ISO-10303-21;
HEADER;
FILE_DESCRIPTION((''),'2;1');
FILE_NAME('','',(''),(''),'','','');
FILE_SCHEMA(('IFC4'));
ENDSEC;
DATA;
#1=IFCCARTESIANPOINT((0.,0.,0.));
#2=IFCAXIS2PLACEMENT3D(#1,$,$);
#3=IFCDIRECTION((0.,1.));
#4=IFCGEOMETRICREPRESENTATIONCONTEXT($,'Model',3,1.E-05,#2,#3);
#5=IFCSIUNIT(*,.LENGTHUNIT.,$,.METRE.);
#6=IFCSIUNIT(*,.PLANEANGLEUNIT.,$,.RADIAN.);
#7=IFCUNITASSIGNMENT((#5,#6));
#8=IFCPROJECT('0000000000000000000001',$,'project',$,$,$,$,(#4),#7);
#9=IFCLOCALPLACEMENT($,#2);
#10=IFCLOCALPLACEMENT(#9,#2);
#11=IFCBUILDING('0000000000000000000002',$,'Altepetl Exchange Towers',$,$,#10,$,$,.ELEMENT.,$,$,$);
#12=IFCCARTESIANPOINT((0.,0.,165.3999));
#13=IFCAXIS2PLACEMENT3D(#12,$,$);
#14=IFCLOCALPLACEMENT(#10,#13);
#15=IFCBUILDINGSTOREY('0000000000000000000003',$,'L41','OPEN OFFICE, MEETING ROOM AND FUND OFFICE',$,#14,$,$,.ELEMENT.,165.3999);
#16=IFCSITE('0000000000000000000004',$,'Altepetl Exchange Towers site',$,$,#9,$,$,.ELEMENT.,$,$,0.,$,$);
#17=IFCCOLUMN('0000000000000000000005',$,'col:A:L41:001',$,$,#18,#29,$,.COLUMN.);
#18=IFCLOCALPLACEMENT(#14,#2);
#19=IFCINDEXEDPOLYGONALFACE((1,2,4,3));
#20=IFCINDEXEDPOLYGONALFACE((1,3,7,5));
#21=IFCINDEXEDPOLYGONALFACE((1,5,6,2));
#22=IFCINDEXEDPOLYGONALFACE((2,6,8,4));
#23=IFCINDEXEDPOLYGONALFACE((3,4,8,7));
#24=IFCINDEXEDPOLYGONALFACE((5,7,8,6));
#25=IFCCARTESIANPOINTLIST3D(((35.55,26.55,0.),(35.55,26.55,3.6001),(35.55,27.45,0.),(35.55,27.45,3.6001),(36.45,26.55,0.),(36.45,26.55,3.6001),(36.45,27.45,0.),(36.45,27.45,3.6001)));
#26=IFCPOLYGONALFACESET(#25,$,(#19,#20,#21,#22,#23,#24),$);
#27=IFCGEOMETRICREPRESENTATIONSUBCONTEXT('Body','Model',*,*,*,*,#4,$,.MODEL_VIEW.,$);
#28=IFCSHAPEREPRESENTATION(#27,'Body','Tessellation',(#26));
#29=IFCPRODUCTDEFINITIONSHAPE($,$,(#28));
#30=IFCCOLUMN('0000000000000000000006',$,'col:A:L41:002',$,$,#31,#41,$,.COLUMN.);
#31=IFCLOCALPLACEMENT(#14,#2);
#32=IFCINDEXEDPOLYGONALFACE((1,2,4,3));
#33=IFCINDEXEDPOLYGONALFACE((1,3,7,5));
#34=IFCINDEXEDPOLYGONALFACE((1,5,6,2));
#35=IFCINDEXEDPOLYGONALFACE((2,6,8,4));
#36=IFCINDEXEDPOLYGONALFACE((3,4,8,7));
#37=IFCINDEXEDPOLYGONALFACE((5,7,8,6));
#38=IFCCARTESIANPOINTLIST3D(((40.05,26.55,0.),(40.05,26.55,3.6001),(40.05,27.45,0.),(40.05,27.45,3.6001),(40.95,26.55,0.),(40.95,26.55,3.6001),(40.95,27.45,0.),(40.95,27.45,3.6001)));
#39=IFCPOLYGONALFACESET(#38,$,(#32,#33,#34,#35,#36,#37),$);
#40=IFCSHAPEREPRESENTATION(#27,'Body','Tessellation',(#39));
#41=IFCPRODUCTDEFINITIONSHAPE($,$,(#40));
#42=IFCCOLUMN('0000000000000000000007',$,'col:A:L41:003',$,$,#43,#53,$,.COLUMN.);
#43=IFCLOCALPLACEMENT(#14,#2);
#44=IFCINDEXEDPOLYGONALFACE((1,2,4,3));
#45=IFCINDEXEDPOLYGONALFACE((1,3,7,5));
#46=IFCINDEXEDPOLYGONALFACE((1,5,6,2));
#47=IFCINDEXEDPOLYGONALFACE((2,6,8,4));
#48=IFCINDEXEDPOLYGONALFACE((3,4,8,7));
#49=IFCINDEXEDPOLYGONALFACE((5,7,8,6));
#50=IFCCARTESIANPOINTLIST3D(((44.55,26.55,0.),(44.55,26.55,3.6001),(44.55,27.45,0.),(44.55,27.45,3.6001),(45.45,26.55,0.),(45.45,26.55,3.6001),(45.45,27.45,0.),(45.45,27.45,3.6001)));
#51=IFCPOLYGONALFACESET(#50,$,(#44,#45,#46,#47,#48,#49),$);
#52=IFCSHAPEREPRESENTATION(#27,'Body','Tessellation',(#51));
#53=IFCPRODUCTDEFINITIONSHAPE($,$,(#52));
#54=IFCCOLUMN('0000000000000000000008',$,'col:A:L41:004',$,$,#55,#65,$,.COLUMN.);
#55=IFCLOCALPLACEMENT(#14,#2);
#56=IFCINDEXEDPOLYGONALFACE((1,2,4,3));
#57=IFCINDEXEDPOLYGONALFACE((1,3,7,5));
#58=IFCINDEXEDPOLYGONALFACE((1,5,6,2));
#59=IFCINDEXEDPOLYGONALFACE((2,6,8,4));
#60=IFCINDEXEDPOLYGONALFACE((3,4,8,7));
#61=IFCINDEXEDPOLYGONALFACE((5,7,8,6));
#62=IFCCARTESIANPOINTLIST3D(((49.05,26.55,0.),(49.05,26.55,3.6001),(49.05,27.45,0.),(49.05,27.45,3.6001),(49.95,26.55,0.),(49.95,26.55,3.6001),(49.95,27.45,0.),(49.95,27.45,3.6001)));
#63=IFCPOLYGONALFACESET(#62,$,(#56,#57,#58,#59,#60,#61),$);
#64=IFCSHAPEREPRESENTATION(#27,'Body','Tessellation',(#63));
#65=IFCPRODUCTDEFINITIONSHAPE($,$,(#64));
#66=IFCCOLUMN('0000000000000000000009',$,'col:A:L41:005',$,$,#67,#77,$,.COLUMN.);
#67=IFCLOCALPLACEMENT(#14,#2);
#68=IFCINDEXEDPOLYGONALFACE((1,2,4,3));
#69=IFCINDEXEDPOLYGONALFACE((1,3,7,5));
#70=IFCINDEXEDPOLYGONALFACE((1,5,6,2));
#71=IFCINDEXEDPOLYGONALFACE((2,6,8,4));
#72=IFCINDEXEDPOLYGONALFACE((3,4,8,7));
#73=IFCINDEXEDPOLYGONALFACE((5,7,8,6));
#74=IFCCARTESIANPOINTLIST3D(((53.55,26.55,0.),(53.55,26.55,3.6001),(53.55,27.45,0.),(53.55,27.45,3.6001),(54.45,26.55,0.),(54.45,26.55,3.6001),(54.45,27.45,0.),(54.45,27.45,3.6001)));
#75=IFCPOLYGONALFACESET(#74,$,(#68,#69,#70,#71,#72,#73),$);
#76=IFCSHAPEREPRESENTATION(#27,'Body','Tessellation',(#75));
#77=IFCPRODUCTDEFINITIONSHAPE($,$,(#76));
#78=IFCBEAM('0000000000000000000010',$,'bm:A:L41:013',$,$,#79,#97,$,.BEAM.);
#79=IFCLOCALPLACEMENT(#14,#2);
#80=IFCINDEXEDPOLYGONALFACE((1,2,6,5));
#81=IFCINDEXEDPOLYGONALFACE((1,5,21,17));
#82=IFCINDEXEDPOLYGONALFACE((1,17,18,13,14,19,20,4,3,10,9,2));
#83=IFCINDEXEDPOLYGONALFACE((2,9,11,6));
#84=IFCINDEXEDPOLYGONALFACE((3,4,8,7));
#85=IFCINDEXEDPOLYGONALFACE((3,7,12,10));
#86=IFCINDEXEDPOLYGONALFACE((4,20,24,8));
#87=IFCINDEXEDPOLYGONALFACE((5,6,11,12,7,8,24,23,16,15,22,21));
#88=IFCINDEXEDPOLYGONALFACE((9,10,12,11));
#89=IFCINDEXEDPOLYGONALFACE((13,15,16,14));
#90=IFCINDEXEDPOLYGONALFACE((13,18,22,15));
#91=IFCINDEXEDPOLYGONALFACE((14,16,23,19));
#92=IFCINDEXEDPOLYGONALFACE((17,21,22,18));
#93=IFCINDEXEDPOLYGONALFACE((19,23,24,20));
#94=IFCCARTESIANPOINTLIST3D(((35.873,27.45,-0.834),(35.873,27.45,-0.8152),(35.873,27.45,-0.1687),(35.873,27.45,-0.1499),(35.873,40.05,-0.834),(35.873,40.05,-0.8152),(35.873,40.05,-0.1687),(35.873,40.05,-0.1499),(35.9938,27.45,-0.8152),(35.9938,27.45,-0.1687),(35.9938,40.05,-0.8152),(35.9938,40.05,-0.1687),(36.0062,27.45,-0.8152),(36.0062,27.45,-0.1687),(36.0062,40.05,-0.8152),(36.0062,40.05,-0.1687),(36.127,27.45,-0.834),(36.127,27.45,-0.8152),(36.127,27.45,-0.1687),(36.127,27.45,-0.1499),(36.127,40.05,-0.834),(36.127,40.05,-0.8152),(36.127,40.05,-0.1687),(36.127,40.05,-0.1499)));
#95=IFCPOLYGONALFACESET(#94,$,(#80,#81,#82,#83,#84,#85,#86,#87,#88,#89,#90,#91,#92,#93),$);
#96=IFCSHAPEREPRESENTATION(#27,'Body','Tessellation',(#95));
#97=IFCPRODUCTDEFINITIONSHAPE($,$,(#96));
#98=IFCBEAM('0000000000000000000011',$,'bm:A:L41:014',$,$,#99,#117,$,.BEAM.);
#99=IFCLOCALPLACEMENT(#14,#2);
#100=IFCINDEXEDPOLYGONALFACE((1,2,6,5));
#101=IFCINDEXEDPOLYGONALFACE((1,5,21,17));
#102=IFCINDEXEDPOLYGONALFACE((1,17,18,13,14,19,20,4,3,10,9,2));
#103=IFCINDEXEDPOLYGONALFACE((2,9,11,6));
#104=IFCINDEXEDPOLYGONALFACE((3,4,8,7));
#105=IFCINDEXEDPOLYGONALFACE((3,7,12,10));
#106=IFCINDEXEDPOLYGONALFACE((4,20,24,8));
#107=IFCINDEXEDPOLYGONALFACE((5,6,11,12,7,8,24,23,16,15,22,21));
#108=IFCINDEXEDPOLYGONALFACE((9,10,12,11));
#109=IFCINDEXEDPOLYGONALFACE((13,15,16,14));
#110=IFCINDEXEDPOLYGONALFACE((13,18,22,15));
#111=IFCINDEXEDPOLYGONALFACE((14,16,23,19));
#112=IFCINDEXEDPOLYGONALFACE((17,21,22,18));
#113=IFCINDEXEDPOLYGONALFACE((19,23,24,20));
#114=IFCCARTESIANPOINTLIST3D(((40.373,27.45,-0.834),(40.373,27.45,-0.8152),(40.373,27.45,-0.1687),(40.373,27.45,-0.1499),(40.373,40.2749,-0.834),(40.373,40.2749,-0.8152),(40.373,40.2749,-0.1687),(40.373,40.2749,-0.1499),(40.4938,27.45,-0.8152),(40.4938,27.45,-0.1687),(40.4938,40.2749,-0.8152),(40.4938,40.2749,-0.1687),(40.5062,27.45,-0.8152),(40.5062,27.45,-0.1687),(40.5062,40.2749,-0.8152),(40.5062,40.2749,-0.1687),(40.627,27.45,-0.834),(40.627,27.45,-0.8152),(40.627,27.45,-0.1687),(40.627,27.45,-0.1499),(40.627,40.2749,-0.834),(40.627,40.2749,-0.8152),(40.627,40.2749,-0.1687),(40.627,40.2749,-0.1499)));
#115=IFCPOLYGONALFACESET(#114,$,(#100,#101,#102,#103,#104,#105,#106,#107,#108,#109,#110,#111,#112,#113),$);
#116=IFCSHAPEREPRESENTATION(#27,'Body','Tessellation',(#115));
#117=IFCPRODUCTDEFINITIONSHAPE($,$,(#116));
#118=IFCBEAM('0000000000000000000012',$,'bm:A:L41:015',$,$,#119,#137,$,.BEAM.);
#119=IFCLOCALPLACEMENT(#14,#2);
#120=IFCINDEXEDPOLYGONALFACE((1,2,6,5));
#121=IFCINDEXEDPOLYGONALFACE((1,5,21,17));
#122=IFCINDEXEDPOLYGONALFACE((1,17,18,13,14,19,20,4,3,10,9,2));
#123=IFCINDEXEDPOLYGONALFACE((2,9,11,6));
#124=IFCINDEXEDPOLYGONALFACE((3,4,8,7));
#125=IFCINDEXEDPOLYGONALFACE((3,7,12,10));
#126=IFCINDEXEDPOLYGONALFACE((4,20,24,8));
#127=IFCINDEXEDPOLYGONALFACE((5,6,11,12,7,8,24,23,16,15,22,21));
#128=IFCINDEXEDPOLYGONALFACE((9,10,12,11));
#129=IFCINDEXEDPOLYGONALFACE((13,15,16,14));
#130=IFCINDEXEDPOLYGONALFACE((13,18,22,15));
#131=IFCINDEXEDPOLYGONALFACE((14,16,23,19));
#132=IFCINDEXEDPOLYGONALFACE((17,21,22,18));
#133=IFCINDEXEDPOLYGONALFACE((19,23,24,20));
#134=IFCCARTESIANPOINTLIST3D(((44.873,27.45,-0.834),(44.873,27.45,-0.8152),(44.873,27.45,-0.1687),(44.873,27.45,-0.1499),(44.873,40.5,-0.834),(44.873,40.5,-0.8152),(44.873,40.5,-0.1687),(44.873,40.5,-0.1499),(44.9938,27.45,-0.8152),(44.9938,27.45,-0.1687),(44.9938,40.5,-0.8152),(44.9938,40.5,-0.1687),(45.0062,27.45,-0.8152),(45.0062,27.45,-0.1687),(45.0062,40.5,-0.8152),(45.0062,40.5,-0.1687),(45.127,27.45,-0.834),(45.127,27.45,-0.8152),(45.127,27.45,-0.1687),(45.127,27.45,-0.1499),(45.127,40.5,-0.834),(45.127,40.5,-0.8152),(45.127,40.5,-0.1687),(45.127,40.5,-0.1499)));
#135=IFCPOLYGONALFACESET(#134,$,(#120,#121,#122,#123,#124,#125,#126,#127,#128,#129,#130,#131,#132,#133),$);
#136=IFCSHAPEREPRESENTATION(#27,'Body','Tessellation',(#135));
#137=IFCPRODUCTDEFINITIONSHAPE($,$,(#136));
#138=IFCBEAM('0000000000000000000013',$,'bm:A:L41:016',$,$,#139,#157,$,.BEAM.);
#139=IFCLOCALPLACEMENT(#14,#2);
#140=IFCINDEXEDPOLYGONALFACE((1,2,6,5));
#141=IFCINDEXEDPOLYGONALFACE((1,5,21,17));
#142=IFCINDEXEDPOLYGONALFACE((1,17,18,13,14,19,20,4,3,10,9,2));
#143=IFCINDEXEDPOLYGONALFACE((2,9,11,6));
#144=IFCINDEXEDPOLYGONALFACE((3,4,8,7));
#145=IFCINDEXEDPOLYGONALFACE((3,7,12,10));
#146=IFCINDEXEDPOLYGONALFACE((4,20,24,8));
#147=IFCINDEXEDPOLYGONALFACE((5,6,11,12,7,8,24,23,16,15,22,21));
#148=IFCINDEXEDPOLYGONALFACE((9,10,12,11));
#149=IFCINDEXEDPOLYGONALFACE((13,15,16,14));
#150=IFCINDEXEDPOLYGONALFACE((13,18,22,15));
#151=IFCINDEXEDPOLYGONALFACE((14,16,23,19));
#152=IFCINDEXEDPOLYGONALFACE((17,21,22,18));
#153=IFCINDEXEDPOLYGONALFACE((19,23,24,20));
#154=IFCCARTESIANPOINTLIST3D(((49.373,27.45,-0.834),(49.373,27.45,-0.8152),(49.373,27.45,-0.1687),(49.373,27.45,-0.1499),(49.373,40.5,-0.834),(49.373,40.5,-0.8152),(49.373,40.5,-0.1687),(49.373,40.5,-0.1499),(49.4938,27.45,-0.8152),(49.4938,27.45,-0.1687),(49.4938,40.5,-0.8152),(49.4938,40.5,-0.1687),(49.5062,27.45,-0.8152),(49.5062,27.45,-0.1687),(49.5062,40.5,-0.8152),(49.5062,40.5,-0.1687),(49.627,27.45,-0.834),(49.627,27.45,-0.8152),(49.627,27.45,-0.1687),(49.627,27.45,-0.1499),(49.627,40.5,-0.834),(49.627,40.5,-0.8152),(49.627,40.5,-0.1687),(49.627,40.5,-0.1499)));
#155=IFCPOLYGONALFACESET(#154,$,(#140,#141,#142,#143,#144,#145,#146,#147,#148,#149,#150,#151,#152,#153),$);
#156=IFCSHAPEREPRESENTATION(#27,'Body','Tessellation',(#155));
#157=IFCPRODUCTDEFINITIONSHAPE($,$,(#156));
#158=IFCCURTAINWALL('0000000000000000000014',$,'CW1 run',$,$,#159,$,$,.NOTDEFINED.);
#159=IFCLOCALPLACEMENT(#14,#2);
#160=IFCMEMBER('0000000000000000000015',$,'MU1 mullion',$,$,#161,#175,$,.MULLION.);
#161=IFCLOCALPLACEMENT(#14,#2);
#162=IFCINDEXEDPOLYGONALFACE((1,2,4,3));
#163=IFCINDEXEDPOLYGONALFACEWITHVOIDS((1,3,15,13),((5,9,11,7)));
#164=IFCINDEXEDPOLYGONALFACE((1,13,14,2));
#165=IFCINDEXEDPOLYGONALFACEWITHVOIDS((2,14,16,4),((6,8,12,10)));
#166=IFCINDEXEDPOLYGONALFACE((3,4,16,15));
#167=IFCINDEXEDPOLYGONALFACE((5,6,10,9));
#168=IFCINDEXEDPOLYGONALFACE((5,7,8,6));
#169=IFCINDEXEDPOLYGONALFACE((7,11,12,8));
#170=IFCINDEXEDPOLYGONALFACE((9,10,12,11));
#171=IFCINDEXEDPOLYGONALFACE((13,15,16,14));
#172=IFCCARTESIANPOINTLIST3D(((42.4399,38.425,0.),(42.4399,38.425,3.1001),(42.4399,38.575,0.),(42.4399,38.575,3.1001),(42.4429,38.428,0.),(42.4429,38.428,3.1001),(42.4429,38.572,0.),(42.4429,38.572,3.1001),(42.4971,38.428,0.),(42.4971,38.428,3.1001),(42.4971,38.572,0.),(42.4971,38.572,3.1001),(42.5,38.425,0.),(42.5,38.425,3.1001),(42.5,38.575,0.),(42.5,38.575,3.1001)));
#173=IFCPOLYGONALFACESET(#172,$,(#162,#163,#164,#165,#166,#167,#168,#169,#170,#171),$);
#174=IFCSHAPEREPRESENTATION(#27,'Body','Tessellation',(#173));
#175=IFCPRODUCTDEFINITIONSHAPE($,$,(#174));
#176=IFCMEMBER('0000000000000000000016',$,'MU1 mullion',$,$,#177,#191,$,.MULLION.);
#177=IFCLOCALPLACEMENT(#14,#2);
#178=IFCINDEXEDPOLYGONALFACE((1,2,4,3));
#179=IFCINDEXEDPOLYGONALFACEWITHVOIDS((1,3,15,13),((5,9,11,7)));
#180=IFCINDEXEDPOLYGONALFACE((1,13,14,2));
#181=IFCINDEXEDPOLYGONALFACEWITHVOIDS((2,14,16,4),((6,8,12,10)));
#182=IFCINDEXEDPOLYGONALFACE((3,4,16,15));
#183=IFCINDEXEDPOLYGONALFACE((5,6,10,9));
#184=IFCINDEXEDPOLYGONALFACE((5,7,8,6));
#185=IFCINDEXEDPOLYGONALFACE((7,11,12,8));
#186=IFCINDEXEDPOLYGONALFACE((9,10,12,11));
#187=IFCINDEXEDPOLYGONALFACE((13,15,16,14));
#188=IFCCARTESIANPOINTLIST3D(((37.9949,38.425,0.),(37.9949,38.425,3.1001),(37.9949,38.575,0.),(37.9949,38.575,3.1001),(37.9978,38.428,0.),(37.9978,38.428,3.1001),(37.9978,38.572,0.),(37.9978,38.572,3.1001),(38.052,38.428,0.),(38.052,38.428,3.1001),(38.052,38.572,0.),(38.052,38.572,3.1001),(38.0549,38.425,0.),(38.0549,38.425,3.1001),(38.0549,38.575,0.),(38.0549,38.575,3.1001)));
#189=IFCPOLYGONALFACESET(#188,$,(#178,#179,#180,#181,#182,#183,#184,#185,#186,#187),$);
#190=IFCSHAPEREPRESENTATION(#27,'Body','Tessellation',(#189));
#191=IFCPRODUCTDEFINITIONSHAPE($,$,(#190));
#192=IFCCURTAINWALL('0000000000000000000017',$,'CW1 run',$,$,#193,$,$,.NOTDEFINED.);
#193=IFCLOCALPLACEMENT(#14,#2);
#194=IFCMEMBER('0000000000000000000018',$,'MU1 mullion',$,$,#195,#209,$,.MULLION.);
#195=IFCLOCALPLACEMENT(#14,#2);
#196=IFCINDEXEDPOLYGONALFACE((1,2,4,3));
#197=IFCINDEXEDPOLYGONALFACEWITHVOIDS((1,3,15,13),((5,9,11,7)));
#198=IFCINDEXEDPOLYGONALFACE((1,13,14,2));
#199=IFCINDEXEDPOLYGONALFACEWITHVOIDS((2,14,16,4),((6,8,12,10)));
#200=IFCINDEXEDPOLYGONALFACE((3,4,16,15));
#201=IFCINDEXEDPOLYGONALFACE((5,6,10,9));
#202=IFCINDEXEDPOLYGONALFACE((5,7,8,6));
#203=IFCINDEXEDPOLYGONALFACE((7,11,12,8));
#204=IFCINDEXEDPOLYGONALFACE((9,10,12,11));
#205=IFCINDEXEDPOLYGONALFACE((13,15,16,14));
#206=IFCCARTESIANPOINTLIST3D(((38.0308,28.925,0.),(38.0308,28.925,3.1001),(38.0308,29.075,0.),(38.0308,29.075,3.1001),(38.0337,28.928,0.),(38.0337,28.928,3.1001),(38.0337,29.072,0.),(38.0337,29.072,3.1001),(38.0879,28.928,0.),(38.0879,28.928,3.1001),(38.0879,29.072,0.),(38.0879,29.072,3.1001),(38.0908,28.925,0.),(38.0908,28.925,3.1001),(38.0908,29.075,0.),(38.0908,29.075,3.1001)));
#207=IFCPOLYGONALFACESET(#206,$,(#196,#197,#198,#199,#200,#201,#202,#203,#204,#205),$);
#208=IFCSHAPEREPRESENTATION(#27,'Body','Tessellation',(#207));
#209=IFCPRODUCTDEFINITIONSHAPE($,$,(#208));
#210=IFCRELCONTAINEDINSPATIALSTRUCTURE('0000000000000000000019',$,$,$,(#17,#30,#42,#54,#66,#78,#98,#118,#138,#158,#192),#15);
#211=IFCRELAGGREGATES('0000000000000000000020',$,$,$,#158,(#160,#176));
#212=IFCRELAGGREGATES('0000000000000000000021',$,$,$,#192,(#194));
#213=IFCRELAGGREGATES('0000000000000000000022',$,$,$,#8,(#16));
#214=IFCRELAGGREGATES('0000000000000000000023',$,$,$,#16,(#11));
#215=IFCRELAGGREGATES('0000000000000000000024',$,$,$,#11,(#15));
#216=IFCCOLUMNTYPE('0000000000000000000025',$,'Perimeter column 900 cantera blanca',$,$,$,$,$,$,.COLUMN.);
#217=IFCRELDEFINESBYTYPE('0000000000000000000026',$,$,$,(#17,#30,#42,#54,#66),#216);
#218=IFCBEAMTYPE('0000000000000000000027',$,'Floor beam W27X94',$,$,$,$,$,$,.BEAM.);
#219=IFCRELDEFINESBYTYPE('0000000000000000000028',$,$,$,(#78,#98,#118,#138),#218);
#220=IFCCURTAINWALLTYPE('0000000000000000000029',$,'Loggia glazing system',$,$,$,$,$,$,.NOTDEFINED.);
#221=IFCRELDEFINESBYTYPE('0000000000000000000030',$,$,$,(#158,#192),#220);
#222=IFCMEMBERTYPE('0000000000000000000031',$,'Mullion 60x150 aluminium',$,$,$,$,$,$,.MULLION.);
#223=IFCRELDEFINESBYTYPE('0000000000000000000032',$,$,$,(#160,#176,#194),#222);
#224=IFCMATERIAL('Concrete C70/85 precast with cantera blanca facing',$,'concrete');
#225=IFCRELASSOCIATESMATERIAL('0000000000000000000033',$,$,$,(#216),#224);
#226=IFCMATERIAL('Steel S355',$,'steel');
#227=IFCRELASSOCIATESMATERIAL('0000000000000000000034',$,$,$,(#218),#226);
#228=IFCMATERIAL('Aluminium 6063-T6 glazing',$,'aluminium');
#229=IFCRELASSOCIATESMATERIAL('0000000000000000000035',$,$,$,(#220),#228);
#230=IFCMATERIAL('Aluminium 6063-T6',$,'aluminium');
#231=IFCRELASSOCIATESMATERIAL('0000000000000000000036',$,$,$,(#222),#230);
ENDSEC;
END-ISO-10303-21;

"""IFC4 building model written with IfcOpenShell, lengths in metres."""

from ifc_helpers import new_model, si_unit, direction, frame, origin, origin_2d, place, context, subcontext, project, spatial, rectangle, hollow_rectangle, i_section, extrude, material, material_profile, profile_set, type_object, element, aggregate, save


model = new_model("IFC4")

# Units and contexts
model_context = context("Model", 3, precision=1e-05, world=origin(), true_north=direction((0.0, 1.0)))
body_context = subcontext(model_context, "Body", "Model", "MODEL_VIEW")
ifc_project = project(units=[si_unit("LENGTHUNIT", "METRE"), si_unit("PLANEANGLEUNIT", "RADIAN")], contexts=[model_context])

# Site, building, storey
site_placement = place(None, origin())
site = spatial("IfcSite", under=ifc_project, at=site_placement, Name="Altepetl Exchange Towers site", CompositionType="ELEMENT", RefElevation=0.0)
building_placement = place(site_placement, origin())
building = spatial("IfcBuilding", under=site, at=building_placement, Name="Altepetl Exchange Towers", CompositionType="ELEMENT")
storey_placement = place(building_placement, frame((0.0, 0.0, 165.3999)))
storey = spatial("IfcBuildingStorey", under=building, at=storey_placement, Name="L41", Description="OPEN OFFICE, MEETING ROOM AND FUND OFFICE", CompositionType="ELEMENT", Elevation=165.3999)

# Columns
ifc_material_1 = material(Name="Concrete C70/85 precast with cantera blanca facing", Category="concrete")
ifc_material_profile_1 = material_profile(ifc_material_1, rectangle(XDim=0.8999, YDim=0.8999, at=origin_2d()), Name="900 x 900")
ifc_profile_set_1 = profile_set([ifc_material_profile_1], Name="Concrete C70/85 precast with cantera blanca facing")
column_type = type_object("IfcColumnType", Name="Perimeter column 900 cantera blanca", PredefinedType="COLUMN", material=ifc_profile_set_1)
for number, where, name in (
    (1, (36.0, 27.0, 0.0), "col:A:L41:001"),
    (2, (40.5, 27.0, 0.0), "col:A:L41:002"),
    (3, (45.0, 27.0, 0.0), "col:A:L41:003"),
    (4, (49.5, 27.0, 0.0), "col:A:L41:004"),
    (5, (54.0, 27.0, 0.0), "col:A:L41:005"),
):
    element("IfcColumn", number, at=place(storey_placement, frame(where)), inside=storey, type_object=column_type, Name=name, PredefinedType="COLUMN", context=body_context, shape_type="SweptSolid", body=[
        extrude(rectangle(XDim=0.8999, YDim=0.8999, at=origin_2d()), origin(), (0.0, 0.0, 1.0), 3.6001),
    ])

# Beams
ifc_material_2 = material(Name="Steel S355", Category="steel")
ifc_material_profile_2 = material_profile(ifc_material_2, i_section(OverallWidth=0.2539, OverallDepth=0.6841, WebThickness=0.0125, FlangeThickness=0.0188, at=origin_2d()), Name="W27X94")
ifc_profile_set_2 = profile_set([ifc_material_profile_2], Name="Steel S355")
beam_type_1 = type_object("IfcBeamType", Name="Floor beam W27X94", PredefinedType="BEAM", material=ifc_profile_set_2)
beam_1_placement = place(storey_placement, frame((36.0, 27.45, -0.4919), z_axis=(0.0, 1.0, 0.0), x_axis=(-1.0, 0.0, 0.0)))
element("IfcBeam", 6, at=beam_1_placement, inside=storey, type_object=beam_type_1, Name="bm:A:L41:013", PredefinedType="BEAM", context=body_context, shape_type="SweptSolid", body=[
    extrude(i_section(OverallWidth=0.2539, OverallDepth=0.6841, WebThickness=0.0125, FlangeThickness=0.0188, at=origin_2d()), origin(), (0.0, 0.0, 1.0), 12.6001),
])
beam_2_placement = place(storey_placement, frame((40.5, 27.45, -0.4919), z_axis=(0.0, 1.0, 0.0), x_axis=(-1.0, 0.0, 0.0)))
element("IfcBeam", 7, at=beam_2_placement, inside=storey, type_object=beam_type_1, Name="bm:A:L41:014", PredefinedType="BEAM", context=body_context, shape_type="SweptSolid", body=[
    extrude(i_section(OverallWidth=0.2539, OverallDepth=0.6841, WebThickness=0.0125, FlangeThickness=0.0188, at=origin_2d()), origin(), (0.0, 0.0, 1.0), 12.825),
])
for number, where, z_axis, x_axis, name in (
    (8, (45.0, 27.45, -0.4919), (0.0, 1.0, 0.0), (-1.0, 0.0, 0.0), "bm:A:L41:015"),
    (9, (49.5, 27.45, -0.4919), (0.0, 1.0, 0.0), (-1.0, 0.0, 0.0), "bm:A:L41:016"),
):
    element("IfcBeam", number, at=place(storey_placement, frame(where, z_axis=z_axis, x_axis=x_axis)), inside=storey, type_object=beam_type_1, Name=name, PredefinedType="BEAM", context=body_context, shape_type="SweptSolid", body=[
        extrude(i_section(OverallWidth=0.2539, OverallDepth=0.6841, WebThickness=0.0125, FlangeThickness=0.0188, at=origin_2d()), origin(), (0.0, 0.0, 1.0), 13.05),
    ])

# Curtain walls, members
ifc_material_3 = material(Name="Aluminium 6063-T6 glazing", Category="aluminium")
curtain_wall_type = type_object("IfcCurtainWallType", Name="Loggia glazing system", PredefinedType="NOTDEFINED", material=ifc_material_3)
curtain_wall_1_placement = place(storey_placement, origin())
curtain_wall_1 = element("IfcCurtainWall", 10, at=curtain_wall_1_placement, inside=storey, type_object=curtain_wall_type, Name="CW1 run", PredefinedType="NOTDEFINED")
ifc_material_4 = material(Name="Aluminium 6063-T6", Category="aluminium")
ifc_material_profile_3 = material_profile(ifc_material_4, hollow_rectangle(XDim=0.0601, YDim=0.1499, WallThickness=0.0029, at=origin_2d()), Name="Mullion 60x150 aluminium")
ifc_profile_set_3 = profile_set([ifc_material_profile_3], Name="Aluminium 6063-T6")
member_type = type_object("IfcMemberType", Name="Mullion 60x150 aluminium", PredefinedType="MULLION", material=ifc_profile_set_3)
member_1_placement = place(storey_placement, frame((42.47, 38.5, 0.0), z_axis=(0.0, 0.0, 1.0), x_axis=(-1.0, 0.0, 0.0)))
member_1 = element("IfcMember", 11, at=member_1_placement, type_object=member_type, Name="MU1 mullion", PredefinedType="MULLION", context=body_context, shape_type="SweptSolid", body=[
    extrude(hollow_rectangle(XDim=0.0601, YDim=0.1499, WallThickness=0.0029, at=origin_2d()), origin(), (0.0, 0.0, 1.0), 3.1001),
])
member_2_placement = place(storey_placement, frame((38.0249, 38.5, 0.0), z_axis=(0.0, 0.0, 1.0), x_axis=(-1.0, 0.0, 0.0)))
member_2 = element("IfcMember", 12, at=member_2_placement, type_object=member_type, Name="MU1 mullion", PredefinedType="MULLION", context=body_context, shape_type="SweptSolid", body=[
    extrude(hollow_rectangle(XDim=0.0601, YDim=0.1499, WallThickness=0.0029, at=origin_2d()), origin(), (0.0, 0.0, 1.0), 3.1001),
])
curtain_wall_2_placement = place(storey_placement, origin())
curtain_wall_2 = element("IfcCurtainWall", 13, at=curtain_wall_2_placement, inside=storey, type_object=curtain_wall_type, Name="CW1 run", PredefinedType="NOTDEFINED")
member_3_placement = place(storey_placement, frame((38.0608, 29.0, 0.0)))
member_3 = element("IfcMember", 14, at=member_3_placement, type_object=member_type, Name="MU1 mullion", PredefinedType="MULLION", context=body_context, shape_type="SweptSolid", body=[
    extrude(hollow_rectangle(XDim=0.0601, YDim=0.1499, WallThickness=0.0029, at=origin_2d()), origin(), (0.0, 0.0, 1.0), 3.1001),
])

aggregate(curtain_wall_1, [member_1, member_2])
aggregate(curtain_wall_2, [member_3])

save(model, "model.ifc")
